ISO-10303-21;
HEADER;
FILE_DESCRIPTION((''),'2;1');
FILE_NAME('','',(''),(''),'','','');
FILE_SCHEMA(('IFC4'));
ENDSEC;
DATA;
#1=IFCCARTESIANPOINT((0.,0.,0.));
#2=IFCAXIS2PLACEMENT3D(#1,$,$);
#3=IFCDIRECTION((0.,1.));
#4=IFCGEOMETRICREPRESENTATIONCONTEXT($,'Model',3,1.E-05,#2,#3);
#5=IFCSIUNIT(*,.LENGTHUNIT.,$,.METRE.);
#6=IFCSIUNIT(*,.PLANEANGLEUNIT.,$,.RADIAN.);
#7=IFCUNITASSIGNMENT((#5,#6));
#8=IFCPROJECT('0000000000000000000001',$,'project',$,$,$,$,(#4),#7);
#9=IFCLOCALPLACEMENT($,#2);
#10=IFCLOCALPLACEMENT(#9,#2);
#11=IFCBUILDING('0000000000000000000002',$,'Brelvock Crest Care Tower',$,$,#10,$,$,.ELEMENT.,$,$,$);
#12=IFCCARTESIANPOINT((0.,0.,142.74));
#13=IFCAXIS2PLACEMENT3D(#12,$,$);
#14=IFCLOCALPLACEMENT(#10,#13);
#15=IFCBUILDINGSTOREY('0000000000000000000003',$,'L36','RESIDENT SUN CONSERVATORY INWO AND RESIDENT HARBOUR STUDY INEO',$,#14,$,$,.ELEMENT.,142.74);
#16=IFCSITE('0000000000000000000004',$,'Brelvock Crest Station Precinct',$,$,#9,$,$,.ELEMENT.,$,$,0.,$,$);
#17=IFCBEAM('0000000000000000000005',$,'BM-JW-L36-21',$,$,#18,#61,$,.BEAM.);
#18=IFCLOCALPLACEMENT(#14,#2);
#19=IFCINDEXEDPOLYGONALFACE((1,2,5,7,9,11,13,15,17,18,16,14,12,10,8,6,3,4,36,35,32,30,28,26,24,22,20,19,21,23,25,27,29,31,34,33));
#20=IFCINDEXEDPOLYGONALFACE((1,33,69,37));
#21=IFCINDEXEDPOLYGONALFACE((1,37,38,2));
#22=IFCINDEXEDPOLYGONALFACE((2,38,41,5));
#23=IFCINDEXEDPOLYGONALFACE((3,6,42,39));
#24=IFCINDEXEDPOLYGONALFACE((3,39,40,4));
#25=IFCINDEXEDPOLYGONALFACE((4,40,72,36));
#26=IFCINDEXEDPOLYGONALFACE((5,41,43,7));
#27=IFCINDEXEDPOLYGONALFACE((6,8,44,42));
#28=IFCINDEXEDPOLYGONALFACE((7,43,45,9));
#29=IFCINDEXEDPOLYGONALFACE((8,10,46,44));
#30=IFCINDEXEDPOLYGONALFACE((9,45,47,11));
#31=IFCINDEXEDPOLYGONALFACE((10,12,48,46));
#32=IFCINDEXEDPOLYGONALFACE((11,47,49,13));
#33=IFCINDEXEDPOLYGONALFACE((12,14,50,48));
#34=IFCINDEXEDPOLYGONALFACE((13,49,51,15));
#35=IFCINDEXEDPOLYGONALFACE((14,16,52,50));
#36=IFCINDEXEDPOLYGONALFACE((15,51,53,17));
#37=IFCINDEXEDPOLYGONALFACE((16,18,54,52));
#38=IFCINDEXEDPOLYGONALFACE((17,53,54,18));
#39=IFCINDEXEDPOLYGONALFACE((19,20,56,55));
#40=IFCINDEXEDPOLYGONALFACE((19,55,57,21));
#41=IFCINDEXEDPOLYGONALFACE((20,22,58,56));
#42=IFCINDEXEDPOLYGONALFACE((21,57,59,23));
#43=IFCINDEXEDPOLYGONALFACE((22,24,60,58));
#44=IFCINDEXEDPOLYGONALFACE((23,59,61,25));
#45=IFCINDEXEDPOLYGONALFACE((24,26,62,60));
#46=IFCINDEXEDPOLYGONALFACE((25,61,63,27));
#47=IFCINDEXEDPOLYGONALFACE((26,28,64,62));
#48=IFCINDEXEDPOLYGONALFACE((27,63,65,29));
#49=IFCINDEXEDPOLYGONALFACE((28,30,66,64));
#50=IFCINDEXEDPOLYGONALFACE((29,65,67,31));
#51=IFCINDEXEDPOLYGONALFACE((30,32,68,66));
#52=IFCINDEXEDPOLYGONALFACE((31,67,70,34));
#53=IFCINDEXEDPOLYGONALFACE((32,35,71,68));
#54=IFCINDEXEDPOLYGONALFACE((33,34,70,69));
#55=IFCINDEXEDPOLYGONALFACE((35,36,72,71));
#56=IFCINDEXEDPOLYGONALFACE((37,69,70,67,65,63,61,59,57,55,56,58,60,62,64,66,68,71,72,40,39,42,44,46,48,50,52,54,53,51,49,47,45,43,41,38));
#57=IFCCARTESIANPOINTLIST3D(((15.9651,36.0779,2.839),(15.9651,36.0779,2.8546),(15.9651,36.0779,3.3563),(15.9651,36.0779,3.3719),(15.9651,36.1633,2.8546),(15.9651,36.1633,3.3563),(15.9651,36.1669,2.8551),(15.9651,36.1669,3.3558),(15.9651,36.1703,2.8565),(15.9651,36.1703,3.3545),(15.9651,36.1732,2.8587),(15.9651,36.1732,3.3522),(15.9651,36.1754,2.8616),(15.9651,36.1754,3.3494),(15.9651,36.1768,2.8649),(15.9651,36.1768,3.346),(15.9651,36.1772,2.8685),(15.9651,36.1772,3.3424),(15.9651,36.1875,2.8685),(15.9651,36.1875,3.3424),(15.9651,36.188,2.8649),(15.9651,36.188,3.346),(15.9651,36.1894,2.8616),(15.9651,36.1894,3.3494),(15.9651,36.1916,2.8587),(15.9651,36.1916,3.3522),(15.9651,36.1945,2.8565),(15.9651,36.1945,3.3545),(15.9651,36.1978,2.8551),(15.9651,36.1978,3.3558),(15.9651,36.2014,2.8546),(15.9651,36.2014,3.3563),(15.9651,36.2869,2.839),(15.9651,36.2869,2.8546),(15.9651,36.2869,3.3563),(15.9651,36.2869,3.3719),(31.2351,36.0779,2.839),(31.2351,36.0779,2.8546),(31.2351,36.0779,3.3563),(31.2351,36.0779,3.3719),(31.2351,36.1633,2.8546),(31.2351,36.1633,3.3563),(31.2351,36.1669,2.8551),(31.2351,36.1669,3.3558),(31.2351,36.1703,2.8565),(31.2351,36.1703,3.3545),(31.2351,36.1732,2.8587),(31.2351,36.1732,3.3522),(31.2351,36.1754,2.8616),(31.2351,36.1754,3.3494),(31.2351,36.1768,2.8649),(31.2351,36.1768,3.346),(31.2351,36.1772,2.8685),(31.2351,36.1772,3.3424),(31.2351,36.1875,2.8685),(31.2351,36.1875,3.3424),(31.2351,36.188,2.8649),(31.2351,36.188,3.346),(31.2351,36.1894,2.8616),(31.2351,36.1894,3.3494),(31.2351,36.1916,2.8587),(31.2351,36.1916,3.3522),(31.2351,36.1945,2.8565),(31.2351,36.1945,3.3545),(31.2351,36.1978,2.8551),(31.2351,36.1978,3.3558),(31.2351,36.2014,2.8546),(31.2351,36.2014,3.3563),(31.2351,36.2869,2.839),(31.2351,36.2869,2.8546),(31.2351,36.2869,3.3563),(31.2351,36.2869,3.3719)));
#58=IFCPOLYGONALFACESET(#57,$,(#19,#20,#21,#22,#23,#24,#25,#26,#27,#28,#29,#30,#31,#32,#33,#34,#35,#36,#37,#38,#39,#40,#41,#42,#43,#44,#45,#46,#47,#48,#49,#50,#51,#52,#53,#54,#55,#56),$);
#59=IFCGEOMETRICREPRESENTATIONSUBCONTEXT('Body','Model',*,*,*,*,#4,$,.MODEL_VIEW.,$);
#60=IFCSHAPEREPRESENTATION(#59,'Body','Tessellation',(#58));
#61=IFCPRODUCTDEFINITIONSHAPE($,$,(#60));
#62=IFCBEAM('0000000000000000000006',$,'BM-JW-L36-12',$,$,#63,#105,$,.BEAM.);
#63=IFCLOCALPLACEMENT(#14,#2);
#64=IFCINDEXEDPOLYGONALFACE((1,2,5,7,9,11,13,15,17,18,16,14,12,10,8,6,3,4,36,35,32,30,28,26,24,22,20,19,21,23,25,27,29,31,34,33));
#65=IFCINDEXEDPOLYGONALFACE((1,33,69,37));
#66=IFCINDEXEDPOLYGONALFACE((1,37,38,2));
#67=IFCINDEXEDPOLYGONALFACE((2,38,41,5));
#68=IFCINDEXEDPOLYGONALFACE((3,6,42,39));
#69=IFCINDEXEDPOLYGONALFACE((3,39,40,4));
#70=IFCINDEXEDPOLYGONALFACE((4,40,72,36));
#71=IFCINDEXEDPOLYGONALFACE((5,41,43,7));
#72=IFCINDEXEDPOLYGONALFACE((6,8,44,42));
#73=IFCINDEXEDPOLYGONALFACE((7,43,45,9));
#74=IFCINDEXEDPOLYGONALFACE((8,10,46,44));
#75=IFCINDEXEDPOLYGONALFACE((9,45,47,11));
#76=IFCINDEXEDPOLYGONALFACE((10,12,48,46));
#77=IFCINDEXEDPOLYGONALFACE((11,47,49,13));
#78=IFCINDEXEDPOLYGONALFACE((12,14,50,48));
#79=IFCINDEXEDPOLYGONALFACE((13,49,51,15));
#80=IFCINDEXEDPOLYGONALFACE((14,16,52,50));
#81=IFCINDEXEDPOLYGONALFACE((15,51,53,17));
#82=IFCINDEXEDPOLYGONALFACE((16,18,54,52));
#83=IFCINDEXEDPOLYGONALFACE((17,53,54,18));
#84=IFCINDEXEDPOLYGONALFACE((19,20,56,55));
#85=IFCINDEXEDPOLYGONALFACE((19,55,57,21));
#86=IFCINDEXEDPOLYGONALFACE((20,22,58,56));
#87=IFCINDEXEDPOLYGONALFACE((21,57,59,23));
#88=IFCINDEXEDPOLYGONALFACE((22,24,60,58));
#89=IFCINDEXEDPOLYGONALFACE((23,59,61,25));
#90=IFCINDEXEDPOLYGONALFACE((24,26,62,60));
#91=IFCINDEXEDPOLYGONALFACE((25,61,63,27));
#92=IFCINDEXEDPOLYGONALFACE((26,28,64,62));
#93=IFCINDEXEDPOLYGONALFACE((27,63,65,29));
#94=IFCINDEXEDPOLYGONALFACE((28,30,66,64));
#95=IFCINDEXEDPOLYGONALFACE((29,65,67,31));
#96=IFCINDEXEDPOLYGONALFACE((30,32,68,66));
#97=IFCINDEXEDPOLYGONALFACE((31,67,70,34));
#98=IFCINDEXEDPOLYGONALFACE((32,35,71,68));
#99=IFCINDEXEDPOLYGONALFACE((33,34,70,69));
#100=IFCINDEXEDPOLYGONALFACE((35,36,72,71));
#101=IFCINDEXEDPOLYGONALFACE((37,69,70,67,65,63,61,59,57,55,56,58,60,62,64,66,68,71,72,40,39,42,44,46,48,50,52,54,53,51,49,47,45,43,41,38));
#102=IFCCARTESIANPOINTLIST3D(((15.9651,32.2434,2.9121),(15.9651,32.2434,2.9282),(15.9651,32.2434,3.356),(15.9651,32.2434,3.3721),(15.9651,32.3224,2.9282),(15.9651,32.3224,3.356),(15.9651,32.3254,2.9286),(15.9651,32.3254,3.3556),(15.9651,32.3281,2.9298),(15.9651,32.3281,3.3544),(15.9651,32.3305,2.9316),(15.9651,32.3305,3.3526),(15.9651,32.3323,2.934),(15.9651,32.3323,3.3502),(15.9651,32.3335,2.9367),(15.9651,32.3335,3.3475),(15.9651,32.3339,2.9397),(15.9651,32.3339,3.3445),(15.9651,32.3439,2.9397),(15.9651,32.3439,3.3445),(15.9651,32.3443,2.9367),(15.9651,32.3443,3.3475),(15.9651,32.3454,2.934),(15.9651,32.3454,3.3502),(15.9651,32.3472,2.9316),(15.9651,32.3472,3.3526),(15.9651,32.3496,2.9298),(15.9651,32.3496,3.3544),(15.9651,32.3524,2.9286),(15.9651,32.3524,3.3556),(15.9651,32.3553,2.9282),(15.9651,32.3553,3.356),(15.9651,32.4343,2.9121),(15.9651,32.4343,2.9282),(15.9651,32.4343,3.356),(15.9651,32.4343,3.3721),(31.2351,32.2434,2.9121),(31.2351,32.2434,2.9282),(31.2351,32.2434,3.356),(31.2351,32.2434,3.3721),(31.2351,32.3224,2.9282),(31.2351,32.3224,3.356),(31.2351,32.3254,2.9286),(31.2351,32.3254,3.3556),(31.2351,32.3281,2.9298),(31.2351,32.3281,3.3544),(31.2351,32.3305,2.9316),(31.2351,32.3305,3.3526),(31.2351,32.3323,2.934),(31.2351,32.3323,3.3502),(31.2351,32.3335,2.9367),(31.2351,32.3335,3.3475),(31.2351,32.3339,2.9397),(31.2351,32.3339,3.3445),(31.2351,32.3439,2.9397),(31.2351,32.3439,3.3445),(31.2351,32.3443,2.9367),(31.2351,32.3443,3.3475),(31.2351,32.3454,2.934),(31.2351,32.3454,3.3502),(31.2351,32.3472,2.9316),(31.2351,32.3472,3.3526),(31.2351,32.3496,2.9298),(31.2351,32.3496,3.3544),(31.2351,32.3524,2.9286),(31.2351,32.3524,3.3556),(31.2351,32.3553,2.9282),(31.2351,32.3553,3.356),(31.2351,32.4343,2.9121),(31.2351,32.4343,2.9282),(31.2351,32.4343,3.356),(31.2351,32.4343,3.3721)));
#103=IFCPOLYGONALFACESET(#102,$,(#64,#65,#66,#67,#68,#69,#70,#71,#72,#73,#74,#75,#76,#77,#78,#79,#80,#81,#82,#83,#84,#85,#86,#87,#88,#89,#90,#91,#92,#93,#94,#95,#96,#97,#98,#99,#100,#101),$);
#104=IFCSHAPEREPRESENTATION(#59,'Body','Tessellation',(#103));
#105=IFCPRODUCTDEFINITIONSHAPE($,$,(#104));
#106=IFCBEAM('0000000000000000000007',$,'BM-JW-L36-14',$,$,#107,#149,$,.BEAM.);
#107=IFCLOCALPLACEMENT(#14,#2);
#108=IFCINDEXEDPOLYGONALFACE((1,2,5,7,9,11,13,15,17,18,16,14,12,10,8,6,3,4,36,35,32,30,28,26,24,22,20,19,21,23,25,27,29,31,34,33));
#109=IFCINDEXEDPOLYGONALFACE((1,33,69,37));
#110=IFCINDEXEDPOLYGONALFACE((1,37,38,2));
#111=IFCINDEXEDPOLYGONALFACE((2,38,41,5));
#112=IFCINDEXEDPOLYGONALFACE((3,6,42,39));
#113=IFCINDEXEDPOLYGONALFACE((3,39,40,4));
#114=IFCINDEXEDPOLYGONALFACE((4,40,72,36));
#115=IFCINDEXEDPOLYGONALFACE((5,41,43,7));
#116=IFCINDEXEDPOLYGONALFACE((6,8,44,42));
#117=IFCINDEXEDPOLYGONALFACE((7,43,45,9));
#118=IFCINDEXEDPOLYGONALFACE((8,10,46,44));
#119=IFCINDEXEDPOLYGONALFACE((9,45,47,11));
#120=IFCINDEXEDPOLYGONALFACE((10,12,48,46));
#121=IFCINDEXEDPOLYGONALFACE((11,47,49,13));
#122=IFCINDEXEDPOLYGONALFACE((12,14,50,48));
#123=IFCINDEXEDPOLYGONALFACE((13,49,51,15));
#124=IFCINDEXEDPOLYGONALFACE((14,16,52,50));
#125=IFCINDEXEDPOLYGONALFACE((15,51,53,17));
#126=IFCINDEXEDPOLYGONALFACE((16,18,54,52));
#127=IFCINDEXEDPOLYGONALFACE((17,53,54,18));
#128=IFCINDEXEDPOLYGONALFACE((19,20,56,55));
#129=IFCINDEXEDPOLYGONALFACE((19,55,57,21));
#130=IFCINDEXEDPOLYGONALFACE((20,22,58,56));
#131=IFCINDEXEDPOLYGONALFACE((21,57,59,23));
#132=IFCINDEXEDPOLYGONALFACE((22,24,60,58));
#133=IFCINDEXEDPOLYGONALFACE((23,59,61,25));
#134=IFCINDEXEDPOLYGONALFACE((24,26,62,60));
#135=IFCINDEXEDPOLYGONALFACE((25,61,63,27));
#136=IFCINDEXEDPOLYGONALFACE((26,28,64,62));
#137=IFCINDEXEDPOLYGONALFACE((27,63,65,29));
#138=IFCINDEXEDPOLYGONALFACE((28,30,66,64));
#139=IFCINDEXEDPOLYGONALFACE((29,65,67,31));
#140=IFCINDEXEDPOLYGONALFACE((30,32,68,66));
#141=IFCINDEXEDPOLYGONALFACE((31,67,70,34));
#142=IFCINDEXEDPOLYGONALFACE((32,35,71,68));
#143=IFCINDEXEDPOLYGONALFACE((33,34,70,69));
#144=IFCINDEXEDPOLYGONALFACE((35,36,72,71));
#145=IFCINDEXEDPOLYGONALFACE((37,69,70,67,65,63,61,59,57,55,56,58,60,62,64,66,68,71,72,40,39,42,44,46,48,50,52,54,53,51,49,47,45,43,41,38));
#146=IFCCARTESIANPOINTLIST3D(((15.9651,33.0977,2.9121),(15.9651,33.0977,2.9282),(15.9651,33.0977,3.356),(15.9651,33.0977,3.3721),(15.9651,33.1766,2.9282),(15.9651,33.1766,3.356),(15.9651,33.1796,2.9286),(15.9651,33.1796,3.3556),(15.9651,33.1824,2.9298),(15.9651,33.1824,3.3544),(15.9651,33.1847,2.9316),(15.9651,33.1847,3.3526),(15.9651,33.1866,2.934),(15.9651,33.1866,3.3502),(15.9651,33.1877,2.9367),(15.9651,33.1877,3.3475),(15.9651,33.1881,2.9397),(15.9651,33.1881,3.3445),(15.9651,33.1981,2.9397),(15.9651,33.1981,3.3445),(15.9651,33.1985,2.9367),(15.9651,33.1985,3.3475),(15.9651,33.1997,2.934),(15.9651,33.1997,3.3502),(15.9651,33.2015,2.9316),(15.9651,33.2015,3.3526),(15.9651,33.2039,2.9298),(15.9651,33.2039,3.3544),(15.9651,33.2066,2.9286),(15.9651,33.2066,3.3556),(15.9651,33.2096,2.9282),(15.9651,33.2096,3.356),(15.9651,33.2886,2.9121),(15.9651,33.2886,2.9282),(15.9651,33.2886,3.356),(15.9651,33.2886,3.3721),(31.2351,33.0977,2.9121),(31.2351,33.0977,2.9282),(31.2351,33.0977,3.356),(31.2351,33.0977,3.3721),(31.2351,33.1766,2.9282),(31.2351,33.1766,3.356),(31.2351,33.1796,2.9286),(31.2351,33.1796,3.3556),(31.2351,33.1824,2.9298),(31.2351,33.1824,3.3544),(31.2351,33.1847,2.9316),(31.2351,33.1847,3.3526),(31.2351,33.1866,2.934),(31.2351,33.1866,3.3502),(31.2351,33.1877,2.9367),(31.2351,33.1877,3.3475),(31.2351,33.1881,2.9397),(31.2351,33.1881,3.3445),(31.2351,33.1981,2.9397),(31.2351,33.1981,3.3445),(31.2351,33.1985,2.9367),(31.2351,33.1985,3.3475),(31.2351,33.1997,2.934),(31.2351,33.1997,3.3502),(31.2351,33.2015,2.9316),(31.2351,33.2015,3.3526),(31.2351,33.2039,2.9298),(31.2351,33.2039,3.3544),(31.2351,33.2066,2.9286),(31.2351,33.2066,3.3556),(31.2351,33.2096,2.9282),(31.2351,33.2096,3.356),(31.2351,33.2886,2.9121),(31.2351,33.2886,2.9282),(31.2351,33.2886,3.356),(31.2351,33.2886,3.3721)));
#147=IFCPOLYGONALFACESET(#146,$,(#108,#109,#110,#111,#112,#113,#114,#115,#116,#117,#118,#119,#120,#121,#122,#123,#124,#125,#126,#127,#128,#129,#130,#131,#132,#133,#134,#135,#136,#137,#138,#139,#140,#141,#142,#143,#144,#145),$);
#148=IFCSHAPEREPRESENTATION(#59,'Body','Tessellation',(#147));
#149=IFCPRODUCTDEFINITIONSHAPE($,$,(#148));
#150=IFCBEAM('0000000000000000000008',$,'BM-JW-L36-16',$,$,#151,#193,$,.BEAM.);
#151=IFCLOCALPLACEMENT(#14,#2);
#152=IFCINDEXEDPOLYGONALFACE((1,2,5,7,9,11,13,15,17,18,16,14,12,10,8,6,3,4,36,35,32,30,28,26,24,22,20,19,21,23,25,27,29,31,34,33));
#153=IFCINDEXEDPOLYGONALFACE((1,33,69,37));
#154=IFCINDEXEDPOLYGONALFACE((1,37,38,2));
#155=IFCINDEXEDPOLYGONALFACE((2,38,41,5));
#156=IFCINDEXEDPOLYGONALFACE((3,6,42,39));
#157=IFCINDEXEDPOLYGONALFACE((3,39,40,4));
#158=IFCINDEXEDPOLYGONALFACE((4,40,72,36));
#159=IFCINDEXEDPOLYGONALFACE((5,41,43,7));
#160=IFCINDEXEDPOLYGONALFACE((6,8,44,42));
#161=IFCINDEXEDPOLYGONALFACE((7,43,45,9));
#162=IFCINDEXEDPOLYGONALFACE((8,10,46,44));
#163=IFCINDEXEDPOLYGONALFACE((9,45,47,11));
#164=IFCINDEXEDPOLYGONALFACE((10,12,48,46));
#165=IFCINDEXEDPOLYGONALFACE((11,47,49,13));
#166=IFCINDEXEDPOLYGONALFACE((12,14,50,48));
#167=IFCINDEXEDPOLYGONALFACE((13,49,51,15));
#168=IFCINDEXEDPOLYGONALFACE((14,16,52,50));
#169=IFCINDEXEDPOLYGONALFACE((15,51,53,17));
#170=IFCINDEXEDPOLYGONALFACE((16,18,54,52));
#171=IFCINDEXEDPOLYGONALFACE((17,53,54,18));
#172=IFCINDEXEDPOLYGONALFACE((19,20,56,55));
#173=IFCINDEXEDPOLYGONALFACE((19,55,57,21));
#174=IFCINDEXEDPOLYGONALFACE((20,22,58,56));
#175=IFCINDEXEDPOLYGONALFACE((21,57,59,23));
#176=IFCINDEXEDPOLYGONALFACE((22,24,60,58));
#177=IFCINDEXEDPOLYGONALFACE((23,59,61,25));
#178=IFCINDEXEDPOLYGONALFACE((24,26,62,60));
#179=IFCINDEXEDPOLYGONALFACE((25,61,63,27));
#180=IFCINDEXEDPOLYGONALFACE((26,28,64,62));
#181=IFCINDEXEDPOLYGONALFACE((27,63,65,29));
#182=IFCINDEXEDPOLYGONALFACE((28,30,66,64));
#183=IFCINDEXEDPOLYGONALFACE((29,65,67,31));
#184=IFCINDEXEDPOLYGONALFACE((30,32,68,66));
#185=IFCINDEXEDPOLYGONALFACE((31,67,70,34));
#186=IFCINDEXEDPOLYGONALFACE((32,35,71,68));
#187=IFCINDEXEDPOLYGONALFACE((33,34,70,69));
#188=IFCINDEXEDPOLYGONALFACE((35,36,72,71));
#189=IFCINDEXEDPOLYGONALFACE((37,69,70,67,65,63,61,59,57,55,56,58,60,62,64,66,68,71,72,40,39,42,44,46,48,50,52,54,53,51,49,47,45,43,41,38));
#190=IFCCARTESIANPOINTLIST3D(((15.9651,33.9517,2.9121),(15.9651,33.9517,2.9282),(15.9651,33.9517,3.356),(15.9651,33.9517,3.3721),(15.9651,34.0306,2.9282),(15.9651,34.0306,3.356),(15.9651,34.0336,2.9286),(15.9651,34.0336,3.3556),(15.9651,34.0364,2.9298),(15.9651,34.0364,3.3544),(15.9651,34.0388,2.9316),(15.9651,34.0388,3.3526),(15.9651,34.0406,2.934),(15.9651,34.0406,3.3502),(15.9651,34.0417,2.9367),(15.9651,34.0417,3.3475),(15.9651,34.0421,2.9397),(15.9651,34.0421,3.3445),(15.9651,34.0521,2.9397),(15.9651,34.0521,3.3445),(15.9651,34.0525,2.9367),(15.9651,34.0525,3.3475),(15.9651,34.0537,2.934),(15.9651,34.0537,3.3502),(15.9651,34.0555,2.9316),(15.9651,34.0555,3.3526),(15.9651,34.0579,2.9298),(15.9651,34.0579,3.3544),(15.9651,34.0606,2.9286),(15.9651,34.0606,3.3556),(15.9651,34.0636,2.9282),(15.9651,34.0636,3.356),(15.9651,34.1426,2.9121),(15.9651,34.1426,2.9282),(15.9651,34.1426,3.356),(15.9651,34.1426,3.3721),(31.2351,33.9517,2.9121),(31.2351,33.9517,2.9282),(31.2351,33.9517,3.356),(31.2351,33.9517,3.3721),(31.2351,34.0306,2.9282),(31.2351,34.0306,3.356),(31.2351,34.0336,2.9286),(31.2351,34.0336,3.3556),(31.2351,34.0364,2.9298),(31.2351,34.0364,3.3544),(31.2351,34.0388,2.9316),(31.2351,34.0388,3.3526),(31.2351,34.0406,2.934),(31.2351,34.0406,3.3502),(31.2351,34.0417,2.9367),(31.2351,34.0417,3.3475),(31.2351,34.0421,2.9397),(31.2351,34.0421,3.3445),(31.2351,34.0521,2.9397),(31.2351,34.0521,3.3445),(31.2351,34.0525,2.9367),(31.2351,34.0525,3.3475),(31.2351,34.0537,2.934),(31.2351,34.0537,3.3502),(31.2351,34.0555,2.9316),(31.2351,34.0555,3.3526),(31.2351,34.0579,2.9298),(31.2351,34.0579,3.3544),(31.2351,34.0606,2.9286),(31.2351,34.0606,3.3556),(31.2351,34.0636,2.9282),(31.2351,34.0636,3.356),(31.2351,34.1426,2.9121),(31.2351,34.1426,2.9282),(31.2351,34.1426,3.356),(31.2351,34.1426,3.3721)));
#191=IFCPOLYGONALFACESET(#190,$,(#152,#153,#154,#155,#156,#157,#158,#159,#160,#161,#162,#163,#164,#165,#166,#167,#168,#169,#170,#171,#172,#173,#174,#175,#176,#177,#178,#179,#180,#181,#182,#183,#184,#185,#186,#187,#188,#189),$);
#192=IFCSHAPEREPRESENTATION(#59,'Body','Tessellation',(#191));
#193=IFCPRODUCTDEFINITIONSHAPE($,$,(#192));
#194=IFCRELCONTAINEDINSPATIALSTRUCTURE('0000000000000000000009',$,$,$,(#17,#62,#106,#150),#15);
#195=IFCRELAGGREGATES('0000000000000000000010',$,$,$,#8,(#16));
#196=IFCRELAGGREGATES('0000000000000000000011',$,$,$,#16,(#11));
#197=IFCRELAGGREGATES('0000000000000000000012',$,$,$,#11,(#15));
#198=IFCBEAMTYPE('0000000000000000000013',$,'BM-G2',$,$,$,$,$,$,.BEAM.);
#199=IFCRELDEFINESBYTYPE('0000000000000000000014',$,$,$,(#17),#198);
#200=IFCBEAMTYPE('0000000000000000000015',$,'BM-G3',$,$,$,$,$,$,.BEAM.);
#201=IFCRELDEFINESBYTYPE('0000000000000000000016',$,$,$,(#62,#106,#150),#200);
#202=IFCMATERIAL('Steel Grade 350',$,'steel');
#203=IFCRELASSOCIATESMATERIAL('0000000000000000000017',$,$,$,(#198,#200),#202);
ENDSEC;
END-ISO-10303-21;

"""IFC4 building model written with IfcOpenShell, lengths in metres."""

from ifc_helpers import new_model, si_unit, direction, frame, origin, origin_2d, place, context, subcontext, project, spatial, i_section, extrude, source, transform, mapped, material, material_profile, profile_set, type_object, element, save


model = new_model("IFC4")

# Units and contexts
model_context = context("Model", 3, precision=1e-05, world=origin(), true_north=direction((0.0, 1.0)))
body_context = subcontext(model_context, "Body", "Model", "MODEL_VIEW")
ifc_project = project(units=[si_unit("LENGTHUNIT", "METRE"), si_unit("PLANEANGLEUNIT", "RADIAN")], contexts=[model_context])

# Site, building, storey
site_placement = place(None, origin())
site = spatial("IfcSite", under=ifc_project, at=site_placement, Name="Brelvock Crest Station Precinct", CompositionType="ELEMENT", RefElevation=0.0)
building_placement = place(site_placement, origin())
building = spatial("IfcBuilding", under=site, at=building_placement, Name="Brelvock Crest Care Tower", CompositionType="ELEMENT")
storey_placement = place(building_placement, frame((0.0, 0.0, 142.74)))
storey = spatial("IfcBuildingStorey", under=building, at=storey_placement, Name="L36", Description="RESIDENT SUN CONSERVATORY INWO AND RESIDENT HARBOUR STUDY INEO", CompositionType="ELEMENT", Elevation=142.74)

# Shared definitions
ifc_material_1 = material(Name="Steel Grade 350", Category="steel")

# Beams
ifc_material_profile_1 = material_profile(ifc_material_1, i_section(OverallWidth=0.209, OverallDepth=0.533, WebThickness=0.0103, FlangeThickness=0.0156, FilletRadius=0.0139, at=origin_2d()), Name="530UB92.4")
ifc_profile_set_1 = profile_set([ifc_material_profile_1], Name="Steel Grade 350")
beam_type_1 = type_object("IfcBeamType", Name="BM-G2", PredefinedType="BEAM", material=ifc_profile_set_1)
shared_shape_1 = source(origin(), body_context, "Body", "SweptSolid", [
    extrude(i_section(OverallWidth=0.209, OverallDepth=0.533, WebThickness=0.0103, FlangeThickness=0.0156, FilletRadius=0.0139, at=origin_2d()), origin(), (0.0, 0.0, 1.0), 15.27),
])
for number, where, z_axis, x_axis, name in (
    (1, (15.9651, 36.1824, 3.1055), (1.0, 0.0, 0.0), (0.0, 1.0, 0.0), "BM-JW-L36-21"),
):
    element("IfcBeam", number, at=place(storey_placement, frame(where, z_axis=z_axis, x_axis=x_axis)), inside=storey, type_object=beam_type_1, Name=name, PredefinedType="BEAM", context=body_context, shape_type="MappedRepresentation", body=[
        mapped(shared_shape_1, transform((0.0, 0.0, 0.0), x_axis=(1.0, 0.0, 0.0), y_axis=(0.0, 1.0, 0.0), z_axis=(0.0, 0.0, 1.0), scale=1.0)),
    ])
ifc_material_profile_2 = material_profile(ifc_material_1, i_section(OverallWidth=0.1909, OverallDepth=0.46, WebThickness=0.01, FlangeThickness=0.0161, FilletRadius=0.0115, at=origin_2d()), Name="460UB82.1")
ifc_profile_set_2 = profile_set([ifc_material_profile_2], Name="Steel Grade 350")
beam_type_2 = type_object("IfcBeamType", Name="BM-G3", PredefinedType="BEAM", material=ifc_profile_set_2)
shared_shape_2 = source(origin(), body_context, "Body", "SweptSolid", [
    extrude(i_section(OverallWidth=0.1909, OverallDepth=0.46, WebThickness=0.01, FlangeThickness=0.0161, FilletRadius=0.0115, at=origin_2d()), origin(), (0.0, 0.0, 1.0), 15.27),
])
for number, where, z_axis, x_axis, name in (
    (2, (15.9651, 32.3389, 3.1421), (1.0, 0.0, 0.0), (0.0, 1.0, 0.0), "BM-JW-L36-12"),
    (3, (15.9651, 33.1931, 3.1421), (1.0, 0.0, 0.0), (0.0, 1.0, 0.0), "BM-JW-L36-14"),
    (4, (15.9651, 34.0471, 3.1421), (1.0, 0.0, 0.0), (0.0, 1.0, 0.0), "BM-JW-L36-16"),
):
    element("IfcBeam", number, at=place(storey_placement, frame(where, z_axis=z_axis, x_axis=x_axis)), inside=storey, type_object=beam_type_2, Name=name, PredefinedType="BEAM", context=body_context, shape_type="MappedRepresentation", body=[
        mapped(shared_shape_2, transform((0.0, 0.0, 0.0), x_axis=(1.0, 0.0, 0.0), y_axis=(0.0, 1.0, 0.0), z_axis=(0.0, 0.0, 1.0), scale=1.0)),
    ])

save(model, "model.ifc")
